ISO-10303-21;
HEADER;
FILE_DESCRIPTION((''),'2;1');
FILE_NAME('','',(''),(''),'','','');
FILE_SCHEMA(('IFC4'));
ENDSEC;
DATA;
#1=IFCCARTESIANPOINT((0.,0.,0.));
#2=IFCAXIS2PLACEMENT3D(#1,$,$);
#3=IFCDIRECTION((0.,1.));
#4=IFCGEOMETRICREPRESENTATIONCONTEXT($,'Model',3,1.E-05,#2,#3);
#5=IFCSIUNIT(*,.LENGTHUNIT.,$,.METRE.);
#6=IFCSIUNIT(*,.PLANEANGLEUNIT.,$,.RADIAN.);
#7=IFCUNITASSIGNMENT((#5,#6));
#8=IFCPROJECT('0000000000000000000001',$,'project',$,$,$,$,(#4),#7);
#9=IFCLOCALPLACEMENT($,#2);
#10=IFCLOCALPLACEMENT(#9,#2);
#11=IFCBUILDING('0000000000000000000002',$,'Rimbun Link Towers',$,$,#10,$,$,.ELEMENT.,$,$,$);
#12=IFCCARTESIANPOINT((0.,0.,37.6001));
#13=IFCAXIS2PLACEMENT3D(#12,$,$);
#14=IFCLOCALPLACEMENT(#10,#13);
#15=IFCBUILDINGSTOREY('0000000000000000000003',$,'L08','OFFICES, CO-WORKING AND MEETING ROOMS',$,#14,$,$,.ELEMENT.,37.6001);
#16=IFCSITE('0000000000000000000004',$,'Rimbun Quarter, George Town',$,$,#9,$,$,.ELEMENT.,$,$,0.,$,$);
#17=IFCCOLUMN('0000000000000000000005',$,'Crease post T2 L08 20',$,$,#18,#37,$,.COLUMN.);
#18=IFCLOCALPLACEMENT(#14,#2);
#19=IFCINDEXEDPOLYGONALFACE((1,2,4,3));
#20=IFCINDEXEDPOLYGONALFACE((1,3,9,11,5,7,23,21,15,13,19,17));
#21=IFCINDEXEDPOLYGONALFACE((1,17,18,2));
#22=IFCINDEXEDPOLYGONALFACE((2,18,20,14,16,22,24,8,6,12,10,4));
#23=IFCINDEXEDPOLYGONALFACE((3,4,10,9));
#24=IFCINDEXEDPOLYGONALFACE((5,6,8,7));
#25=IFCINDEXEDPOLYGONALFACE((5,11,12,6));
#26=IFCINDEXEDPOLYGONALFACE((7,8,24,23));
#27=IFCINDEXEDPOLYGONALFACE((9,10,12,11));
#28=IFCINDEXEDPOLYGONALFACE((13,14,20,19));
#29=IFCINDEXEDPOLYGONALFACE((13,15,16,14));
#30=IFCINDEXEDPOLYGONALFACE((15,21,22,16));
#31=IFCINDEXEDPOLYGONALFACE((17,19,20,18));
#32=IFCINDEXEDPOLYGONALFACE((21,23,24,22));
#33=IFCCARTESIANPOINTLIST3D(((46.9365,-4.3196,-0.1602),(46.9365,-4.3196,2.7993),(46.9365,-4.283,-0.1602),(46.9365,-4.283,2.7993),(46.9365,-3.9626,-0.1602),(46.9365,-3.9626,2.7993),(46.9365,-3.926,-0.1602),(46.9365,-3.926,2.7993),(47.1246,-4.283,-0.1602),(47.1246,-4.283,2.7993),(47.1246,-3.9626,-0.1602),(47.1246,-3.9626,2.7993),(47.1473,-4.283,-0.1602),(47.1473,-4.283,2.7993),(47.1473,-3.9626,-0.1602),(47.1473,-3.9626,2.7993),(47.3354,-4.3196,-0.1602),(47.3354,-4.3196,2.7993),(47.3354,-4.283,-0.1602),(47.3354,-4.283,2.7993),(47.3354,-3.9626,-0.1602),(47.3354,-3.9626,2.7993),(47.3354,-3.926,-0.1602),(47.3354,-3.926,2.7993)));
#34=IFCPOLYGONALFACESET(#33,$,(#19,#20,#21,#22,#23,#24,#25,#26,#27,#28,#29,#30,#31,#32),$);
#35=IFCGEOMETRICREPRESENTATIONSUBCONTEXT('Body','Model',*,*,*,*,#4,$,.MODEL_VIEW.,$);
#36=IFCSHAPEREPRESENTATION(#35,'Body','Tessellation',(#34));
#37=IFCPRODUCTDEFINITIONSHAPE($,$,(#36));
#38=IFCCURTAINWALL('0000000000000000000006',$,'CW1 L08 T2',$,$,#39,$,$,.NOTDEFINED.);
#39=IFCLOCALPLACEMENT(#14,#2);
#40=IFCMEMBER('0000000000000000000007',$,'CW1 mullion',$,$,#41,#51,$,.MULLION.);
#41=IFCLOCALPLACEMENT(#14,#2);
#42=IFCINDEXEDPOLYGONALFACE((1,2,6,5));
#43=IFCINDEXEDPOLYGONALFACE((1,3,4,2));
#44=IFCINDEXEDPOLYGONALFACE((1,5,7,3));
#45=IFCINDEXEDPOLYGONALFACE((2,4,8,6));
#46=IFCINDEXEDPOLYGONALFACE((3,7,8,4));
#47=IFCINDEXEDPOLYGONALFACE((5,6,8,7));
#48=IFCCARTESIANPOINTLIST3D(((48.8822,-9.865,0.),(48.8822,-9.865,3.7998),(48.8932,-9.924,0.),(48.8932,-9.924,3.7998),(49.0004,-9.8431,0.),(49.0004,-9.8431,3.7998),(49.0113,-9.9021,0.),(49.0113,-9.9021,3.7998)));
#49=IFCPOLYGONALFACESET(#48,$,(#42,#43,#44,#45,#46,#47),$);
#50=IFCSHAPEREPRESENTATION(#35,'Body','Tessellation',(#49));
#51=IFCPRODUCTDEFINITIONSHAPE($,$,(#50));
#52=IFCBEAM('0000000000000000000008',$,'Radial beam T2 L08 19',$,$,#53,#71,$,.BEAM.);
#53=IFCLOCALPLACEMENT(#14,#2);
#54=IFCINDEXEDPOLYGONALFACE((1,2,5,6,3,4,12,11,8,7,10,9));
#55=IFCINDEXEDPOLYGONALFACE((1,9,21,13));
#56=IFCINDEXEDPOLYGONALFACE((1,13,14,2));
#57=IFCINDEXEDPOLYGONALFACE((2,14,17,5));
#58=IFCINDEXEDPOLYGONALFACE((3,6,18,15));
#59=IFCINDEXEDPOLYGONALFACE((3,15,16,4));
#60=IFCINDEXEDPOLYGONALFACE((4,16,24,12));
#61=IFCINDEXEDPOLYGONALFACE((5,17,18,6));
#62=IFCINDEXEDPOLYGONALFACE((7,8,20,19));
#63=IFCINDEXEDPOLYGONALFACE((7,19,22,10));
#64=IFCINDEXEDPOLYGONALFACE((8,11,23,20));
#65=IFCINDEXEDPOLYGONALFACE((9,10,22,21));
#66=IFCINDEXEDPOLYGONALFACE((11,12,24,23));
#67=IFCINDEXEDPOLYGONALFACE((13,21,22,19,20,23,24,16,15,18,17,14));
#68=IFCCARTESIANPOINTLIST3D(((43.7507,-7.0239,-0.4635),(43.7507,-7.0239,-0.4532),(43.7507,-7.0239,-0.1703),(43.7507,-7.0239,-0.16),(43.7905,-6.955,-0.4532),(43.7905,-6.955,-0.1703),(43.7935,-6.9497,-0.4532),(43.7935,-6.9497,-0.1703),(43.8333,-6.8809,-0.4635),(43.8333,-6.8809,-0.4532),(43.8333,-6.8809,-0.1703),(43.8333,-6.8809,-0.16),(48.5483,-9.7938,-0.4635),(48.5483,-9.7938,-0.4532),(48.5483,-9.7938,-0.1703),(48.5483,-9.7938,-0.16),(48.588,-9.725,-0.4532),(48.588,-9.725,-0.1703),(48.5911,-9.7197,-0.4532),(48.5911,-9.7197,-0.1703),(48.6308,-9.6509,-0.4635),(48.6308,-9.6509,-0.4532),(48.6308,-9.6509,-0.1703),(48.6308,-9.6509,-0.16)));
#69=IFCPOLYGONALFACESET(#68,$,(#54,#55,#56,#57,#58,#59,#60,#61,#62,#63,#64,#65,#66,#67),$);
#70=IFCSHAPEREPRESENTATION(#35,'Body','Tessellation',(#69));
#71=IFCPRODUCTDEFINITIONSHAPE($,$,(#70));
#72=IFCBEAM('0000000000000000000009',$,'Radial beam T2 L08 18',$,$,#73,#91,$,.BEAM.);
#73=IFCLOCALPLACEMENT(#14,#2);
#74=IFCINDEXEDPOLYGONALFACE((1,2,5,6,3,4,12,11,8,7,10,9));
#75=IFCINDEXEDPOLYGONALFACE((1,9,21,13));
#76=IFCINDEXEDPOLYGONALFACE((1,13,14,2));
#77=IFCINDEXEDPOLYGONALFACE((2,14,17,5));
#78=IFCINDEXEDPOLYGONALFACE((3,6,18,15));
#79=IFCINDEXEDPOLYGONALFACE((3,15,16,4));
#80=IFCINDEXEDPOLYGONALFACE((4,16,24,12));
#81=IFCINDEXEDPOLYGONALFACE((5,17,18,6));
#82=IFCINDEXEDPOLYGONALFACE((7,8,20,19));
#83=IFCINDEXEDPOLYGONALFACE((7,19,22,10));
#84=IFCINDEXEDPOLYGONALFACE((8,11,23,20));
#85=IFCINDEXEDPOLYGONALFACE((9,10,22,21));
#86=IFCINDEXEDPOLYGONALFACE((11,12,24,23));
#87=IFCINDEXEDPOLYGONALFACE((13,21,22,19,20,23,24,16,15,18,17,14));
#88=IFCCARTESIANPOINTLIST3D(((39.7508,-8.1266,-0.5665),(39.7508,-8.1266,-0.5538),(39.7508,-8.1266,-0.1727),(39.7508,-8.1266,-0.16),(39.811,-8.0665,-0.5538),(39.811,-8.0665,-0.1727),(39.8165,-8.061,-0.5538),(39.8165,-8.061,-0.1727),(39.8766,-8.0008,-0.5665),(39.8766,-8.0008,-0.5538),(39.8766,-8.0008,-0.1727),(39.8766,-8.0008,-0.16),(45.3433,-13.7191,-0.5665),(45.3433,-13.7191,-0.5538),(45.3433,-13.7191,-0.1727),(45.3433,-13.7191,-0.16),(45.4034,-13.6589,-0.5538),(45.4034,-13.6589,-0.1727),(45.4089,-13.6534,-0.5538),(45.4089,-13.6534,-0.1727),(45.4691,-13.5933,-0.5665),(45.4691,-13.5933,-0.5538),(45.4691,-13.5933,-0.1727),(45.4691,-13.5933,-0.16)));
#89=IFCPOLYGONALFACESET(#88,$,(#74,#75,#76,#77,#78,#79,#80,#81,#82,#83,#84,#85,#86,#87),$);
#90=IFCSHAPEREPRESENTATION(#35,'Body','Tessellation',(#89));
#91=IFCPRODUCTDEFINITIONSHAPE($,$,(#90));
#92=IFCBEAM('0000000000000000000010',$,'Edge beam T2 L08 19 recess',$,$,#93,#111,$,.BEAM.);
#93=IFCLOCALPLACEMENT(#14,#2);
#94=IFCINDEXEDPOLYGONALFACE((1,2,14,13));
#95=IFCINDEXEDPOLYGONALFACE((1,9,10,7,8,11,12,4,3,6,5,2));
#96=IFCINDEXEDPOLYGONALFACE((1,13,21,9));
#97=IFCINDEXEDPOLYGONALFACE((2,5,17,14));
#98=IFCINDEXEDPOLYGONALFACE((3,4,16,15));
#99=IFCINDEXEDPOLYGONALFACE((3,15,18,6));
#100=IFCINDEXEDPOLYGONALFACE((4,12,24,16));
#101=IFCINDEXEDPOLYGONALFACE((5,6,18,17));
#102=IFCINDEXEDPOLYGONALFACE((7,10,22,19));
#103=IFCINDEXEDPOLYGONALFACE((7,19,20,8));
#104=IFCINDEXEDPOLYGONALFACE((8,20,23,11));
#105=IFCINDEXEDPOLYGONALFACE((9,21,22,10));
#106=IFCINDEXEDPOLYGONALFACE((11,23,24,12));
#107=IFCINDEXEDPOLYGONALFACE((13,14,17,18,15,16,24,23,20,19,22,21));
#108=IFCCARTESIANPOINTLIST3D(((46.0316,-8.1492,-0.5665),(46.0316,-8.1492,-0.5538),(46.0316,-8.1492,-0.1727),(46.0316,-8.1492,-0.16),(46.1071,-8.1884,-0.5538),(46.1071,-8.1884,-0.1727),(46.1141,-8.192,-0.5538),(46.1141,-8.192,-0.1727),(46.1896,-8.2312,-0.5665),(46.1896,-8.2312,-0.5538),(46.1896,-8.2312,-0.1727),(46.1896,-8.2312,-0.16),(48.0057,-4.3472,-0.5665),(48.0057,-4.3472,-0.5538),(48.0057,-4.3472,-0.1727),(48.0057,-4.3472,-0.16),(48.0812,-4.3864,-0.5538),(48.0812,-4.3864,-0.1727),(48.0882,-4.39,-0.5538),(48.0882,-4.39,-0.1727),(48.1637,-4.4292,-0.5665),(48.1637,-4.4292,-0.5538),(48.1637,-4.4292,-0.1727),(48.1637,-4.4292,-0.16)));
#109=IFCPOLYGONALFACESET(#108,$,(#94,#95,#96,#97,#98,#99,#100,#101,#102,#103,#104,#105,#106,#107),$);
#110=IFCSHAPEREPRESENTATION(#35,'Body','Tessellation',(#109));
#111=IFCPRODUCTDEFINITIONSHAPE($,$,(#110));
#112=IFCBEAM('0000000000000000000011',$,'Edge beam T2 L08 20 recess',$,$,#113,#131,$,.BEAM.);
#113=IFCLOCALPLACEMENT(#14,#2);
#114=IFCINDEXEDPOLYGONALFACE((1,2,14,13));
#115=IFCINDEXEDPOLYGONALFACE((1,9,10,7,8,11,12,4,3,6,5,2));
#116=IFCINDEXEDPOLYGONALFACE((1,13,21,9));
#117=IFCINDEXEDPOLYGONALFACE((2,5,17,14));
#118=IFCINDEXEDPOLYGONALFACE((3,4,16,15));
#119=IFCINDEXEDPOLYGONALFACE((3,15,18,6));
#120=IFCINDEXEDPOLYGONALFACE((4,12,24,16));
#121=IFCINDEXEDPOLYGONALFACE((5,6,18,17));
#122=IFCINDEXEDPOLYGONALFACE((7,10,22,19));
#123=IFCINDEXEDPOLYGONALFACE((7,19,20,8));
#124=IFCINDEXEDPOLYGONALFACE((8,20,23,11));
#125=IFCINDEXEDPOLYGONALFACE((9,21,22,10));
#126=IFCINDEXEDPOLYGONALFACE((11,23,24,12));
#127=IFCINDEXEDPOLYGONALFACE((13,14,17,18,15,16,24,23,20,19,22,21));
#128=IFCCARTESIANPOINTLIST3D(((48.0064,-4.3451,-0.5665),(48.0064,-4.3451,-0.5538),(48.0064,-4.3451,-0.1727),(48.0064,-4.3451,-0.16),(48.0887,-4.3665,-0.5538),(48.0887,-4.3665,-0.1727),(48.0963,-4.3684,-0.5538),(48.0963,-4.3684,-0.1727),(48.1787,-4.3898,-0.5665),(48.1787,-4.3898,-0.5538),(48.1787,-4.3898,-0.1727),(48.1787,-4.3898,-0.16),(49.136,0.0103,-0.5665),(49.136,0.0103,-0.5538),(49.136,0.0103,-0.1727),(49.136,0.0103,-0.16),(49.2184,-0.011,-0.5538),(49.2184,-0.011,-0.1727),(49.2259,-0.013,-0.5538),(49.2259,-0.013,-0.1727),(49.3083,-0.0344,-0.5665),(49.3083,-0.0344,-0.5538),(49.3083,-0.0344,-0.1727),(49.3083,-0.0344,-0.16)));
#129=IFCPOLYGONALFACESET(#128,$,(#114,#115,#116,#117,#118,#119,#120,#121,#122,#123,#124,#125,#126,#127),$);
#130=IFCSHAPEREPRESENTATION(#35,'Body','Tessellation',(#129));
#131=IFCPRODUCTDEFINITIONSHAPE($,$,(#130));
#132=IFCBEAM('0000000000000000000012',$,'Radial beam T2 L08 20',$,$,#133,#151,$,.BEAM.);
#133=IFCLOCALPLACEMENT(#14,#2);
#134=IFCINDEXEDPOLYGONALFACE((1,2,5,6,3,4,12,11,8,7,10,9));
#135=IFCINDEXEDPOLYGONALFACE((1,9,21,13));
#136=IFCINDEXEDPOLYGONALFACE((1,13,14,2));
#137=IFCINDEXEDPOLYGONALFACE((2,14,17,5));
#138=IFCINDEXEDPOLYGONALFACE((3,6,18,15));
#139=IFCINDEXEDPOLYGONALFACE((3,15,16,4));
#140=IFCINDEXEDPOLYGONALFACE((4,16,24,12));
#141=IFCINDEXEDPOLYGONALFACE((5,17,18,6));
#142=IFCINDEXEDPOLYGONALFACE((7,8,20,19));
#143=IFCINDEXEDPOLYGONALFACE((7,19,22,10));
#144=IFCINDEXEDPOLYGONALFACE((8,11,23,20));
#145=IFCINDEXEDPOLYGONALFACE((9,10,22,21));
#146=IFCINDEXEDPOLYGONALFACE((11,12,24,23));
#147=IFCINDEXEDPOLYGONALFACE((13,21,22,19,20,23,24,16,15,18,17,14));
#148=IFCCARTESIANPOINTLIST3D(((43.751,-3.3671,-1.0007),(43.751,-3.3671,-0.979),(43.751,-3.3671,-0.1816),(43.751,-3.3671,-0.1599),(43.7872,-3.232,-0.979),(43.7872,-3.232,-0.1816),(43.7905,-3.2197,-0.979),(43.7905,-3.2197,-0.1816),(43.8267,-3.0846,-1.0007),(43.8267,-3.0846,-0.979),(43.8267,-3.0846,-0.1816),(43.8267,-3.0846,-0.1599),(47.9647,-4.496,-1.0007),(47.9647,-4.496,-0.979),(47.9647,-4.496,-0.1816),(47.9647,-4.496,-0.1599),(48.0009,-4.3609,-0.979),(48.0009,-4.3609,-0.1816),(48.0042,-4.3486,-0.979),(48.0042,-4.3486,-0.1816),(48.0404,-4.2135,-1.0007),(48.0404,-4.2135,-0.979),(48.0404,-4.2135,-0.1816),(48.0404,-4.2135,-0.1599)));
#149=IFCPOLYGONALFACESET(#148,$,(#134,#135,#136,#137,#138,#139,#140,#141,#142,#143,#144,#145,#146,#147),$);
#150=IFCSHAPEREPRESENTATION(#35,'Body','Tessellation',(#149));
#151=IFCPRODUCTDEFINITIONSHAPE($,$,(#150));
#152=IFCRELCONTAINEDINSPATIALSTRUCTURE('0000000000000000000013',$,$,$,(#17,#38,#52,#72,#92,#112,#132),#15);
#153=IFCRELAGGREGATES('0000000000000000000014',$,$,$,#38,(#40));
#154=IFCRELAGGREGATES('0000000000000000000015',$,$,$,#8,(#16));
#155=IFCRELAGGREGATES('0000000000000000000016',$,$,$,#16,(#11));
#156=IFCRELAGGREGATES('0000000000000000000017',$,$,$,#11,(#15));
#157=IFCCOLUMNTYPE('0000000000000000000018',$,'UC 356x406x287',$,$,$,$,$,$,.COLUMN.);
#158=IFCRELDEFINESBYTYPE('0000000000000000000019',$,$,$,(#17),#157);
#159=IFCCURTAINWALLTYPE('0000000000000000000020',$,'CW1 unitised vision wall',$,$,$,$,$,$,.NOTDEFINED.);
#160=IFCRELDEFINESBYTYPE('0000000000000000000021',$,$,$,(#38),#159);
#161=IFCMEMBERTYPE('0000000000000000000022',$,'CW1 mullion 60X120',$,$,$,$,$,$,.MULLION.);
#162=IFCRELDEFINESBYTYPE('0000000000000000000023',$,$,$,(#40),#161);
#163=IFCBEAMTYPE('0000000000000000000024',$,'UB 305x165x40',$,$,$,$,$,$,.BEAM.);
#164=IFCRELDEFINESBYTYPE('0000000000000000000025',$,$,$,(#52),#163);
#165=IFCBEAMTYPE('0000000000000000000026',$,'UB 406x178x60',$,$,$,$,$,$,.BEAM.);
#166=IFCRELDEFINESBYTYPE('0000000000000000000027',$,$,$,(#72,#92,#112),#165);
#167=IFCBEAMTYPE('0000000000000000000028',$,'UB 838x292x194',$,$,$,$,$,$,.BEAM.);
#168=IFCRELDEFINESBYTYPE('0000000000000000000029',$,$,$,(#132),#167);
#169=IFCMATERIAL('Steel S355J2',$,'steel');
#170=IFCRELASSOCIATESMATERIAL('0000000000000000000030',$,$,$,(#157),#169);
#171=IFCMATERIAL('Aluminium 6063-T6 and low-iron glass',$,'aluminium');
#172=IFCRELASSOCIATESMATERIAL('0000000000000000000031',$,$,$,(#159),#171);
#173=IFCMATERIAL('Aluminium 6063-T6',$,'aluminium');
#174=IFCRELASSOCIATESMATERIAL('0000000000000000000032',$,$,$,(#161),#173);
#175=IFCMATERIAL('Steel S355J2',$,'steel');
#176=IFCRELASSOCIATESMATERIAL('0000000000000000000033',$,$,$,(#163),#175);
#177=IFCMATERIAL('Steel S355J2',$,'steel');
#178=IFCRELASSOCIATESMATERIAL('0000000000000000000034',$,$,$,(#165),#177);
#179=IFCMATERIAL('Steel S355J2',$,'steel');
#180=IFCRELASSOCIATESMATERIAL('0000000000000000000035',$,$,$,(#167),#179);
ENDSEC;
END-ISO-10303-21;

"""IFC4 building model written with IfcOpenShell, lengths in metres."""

from ifc_helpers import new_model, si_unit, direction, frame, origin, origin_2d, place, context, subcontext, project, spatial, rectangle, i_section, extrude, material, material_profile, profile_set, type_object, element, aggregate, save


model = new_model("IFC4")

# Units and contexts
model_context = context("Model", 3, precision=1e-05, world=origin(), true_north=direction((0.0, 1.0)))
body_context = subcontext(model_context, "Body", "Model", "MODEL_VIEW")
ifc_project = project(units=[si_unit("LENGTHUNIT", "METRE"), si_unit("PLANEANGLEUNIT", "RADIAN")], contexts=[model_context])

# Site, building, storey
site_placement = place(None, origin())
site = spatial("IfcSite", under=ifc_project, at=site_placement, Name="Rimbun Quarter, George Town", CompositionType="ELEMENT", RefElevation=0.0)
building_placement = place(site_placement, origin())
building = spatial("IfcBuilding", under=site, at=building_placement, Name="Rimbun Link Towers", CompositionType="ELEMENT")
storey_placement = place(building_placement, frame((0.0, 0.0, 37.6001)))
storey = spatial("IfcBuildingStorey", under=building, at=storey_placement, Name="L08", Description="OFFICES, CO-WORKING AND MEETING ROOMS", CompositionType="ELEMENT", Elevation=37.6001)

# Column
ifc_material_1 = material(Name="Steel S355J2", Category="steel")
ifc_material_profile_1 = material_profile(ifc_material_1, i_section(OverallWidth=0.3989, OverallDepth=0.3936, WebThickness=0.0227, FlangeThickness=0.0366, at=origin_2d()), Name="UC 356x406x287")
ifc_profile_set_1 = profile_set([ifc_material_profile_1], Name="Steel S355J2")
column_type = type_object("IfcColumnType", Name="UC 356x406x287", PredefinedType="COLUMN", material=ifc_profile_set_1)
column_placement = place(storey_placement, frame((47.136, -4.1228, -0.1602), z_axis=(0.0, 0.0, 1.0), x_axis=(1.0, 0.0, 0.0)))
element("IfcColumn", 1, at=column_placement, inside=storey, type_object=column_type, Name="Crease post T2 L08 20", PredefinedType="COLUMN", context=body_context, shape_type="SweptSolid", body=[
    extrude(i_section(OverallWidth=0.3989, OverallDepth=0.3936, WebThickness=0.0227, FlangeThickness=0.0366, at=origin_2d()), origin(), (0.0, 0.0, 1.0), 2.9595),
])

# Curtain wall, member
ifc_material_2 = material(Name="Aluminium 6063-T6 and low-iron glass", Category="aluminium")
curtain_wall_type = type_object("IfcCurtainWallType", Name="CW1 unitised vision wall", PredefinedType="NOTDEFINED", material=ifc_material_2)
curtain_wall_placement = place(storey_placement, origin())
curtain_wall = element("IfcCurtainWall", 2, at=curtain_wall_placement, inside=storey, type_object=curtain_wall_type, Name="CW1 L08 T2", PredefinedType="NOTDEFINED")
ifc_material_3 = material(Name="Aluminium 6063-T6", Category="aluminium")
ifc_material_profile_2 = material_profile(ifc_material_3, rectangle(XDim=0.1201, YDim=0.0601, at=origin_2d()), Name="MULLION 60X120")
ifc_profile_set_2 = profile_set([ifc_material_profile_2], Name="Aluminium 6063-T6")
member_type = type_object("IfcMemberType", Name="CW1 mullion 60X120", PredefinedType="MULLION", material=ifc_profile_set_2)
member_placement = place(storey_placement, frame((48.9468, -9.8835, 0.0), z_axis=(0.0, 0.0, 1.0), x_axis=(0.983235, 0.182345, 0.0)))
member = element("IfcMember", 3, at=member_placement, type_object=member_type, Name="CW1 mullion", PredefinedType="MULLION", context=body_context, shape_type="SweptSolid", body=[
    extrude(rectangle(XDim=0.1201, YDim=0.0601, at=origin_2d()), origin(), (0.0, 0.0, 1.0), 3.7998),
])
aggregate(curtain_wall, [member])

# Beams
ifc_material_4 = material(Name="Steel S355J2", Category="steel")
ifc_material_profile_3 = material_profile(ifc_material_4, i_section(OverallWidth=0.165, OverallDepth=0.3035, WebThickness=0.0061, FlangeThickness=0.0103, at=origin_2d()), Name="UB 305x165x40")
ifc_profile_set_3 = profile_set([ifc_material_profile_3], Name="Steel S355J2")
beam_type_1 = type_object("IfcBeamType", Name="UB 305x165x40", PredefinedType="BEAM", material=ifc_profile_set_3)
beam_1_placement = place(storey_placement, frame((43.792, -6.9524, -0.3118), z_axis=(0.866016, -0.500016, 0.0), x_axis=(0.500016, 0.866016, 0.0)))
element("IfcBeam", 4, at=beam_1_placement, inside=storey, type_object=beam_type_1, Name="Radial beam T2 L08 19", PredefinedType="BEAM", context=body_context, shape_type="SweptSolid", body=[
    extrude(i_section(OverallWidth=0.165, OverallDepth=0.3035, WebThickness=0.0061, FlangeThickness=0.0103, at=origin_2d()), origin(), (0.0, 0.0, 1.0), 5.5398),
])
ifc_material_5 = material(Name="Steel S355J2", Category="steel")
ifc_material_profile_4 = material_profile(ifc_material_5, i_section(OverallWidth=0.178, OverallDepth=0.4065, WebThickness=0.0078, FlangeThickness=0.0127, at=origin_2d()), Name="UB 406x178x60")
ifc_profile_set_4 = profile_set([ifc_material_profile_4], Name="Steel S355J2")
beam_type_2 = type_object("IfcBeamType", Name="UB 406x178x60", PredefinedType="BEAM", material=ifc_profile_set_4)
beam_2_placement = place(storey_placement, frame((39.8137, -8.0637, -0.3633), z_axis=(0.707107, -0.707107, 0.0), x_axis=(0.707107, 0.707107, 0.0)))
element("IfcBeam", 5, at=beam_2_placement, inside=storey, type_object=beam_type_2, Name="Radial beam T2 L08 18", PredefinedType="BEAM", context=body_context, shape_type="SweptSolid", body=[
    extrude(i_section(OverallWidth=0.178, OverallDepth=0.4065, WebThickness=0.0078, FlangeThickness=0.0127, at=origin_2d()), origin(), (0.0, 0.0, 1.0), 7.9089),
])
beam_3_placement = place(storey_placement, frame((46.1106, -8.1902, -0.3633), z_axis=(0.460816, 0.887496, 0.0), x_axis=(-0.887496, 0.460816, 0.0)))
element("IfcBeam", 6, at=beam_3_placement, inside=storey, type_object=beam_type_2, Name="Edge beam T2 L08 19 recess", PredefinedType="BEAM", context=body_context, shape_type="SweptSolid", body=[
    extrude(i_section(OverallWidth=0.178, OverallDepth=0.4065, WebThickness=0.0078, FlangeThickness=0.0127, at=origin_2d()), origin(), (0.0, 0.0, 1.0), 4.2839),
])
beam_4_placement = place(storey_placement, frame((48.0925, -4.3674, -0.3633), z_axis=(0.251054, 0.967973, 0.0), x_axis=(-0.967973, 0.251054, 0.0)))
element("IfcBeam", 7, at=beam_4_placement, inside=storey, type_object=beam_type_2, Name="Edge beam T2 L08 20 recess", PredefinedType="BEAM", context=body_context, shape_type="SweptSolid", body=[
    extrude(i_section(OverallWidth=0.178, OverallDepth=0.4065, WebThickness=0.0078, FlangeThickness=0.0127, at=origin_2d()), origin(), (0.0, 0.0, 1.0), 4.4995),
])
ifc_material_6 = material(Name="Steel S355J2", Category="steel")
ifc_material_profile_5 = material_profile(ifc_material_6, i_section(OverallWidth=0.2925, OverallDepth=0.8408, WebThickness=0.0127, FlangeThickness=0.0217, at=origin_2d()), Name="UB 838x292x194")
ifc_profile_set_5 = profile_set([ifc_material_profile_5], Name="Steel S355J2")
beam_type_3 = type_object("IfcBeamType", Name="UB 838x292x194", PredefinedType="BEAM", material=ifc_profile_set_5)
beam_5_placement = place(storey_placement, frame((43.7888, -3.2258, -0.5803), z_axis=(0.965933, -0.258791, 0.0), x_axis=(0.258791, 0.965933, 0.0)))
element("IfcBeam", 8, at=beam_5_placement, inside=storey, type_object=beam_type_3, Name="Radial beam T2 L08 20", PredefinedType="BEAM", context=body_context, shape_type="SweptSolid", body=[
    extrude(i_section(OverallWidth=0.2925, OverallDepth=0.8408, WebThickness=0.0127, FlangeThickness=0.0217, at=origin_2d()), origin(), (0.0, 0.0, 1.0), 4.3623),
])

save(model, "model.ifc")
